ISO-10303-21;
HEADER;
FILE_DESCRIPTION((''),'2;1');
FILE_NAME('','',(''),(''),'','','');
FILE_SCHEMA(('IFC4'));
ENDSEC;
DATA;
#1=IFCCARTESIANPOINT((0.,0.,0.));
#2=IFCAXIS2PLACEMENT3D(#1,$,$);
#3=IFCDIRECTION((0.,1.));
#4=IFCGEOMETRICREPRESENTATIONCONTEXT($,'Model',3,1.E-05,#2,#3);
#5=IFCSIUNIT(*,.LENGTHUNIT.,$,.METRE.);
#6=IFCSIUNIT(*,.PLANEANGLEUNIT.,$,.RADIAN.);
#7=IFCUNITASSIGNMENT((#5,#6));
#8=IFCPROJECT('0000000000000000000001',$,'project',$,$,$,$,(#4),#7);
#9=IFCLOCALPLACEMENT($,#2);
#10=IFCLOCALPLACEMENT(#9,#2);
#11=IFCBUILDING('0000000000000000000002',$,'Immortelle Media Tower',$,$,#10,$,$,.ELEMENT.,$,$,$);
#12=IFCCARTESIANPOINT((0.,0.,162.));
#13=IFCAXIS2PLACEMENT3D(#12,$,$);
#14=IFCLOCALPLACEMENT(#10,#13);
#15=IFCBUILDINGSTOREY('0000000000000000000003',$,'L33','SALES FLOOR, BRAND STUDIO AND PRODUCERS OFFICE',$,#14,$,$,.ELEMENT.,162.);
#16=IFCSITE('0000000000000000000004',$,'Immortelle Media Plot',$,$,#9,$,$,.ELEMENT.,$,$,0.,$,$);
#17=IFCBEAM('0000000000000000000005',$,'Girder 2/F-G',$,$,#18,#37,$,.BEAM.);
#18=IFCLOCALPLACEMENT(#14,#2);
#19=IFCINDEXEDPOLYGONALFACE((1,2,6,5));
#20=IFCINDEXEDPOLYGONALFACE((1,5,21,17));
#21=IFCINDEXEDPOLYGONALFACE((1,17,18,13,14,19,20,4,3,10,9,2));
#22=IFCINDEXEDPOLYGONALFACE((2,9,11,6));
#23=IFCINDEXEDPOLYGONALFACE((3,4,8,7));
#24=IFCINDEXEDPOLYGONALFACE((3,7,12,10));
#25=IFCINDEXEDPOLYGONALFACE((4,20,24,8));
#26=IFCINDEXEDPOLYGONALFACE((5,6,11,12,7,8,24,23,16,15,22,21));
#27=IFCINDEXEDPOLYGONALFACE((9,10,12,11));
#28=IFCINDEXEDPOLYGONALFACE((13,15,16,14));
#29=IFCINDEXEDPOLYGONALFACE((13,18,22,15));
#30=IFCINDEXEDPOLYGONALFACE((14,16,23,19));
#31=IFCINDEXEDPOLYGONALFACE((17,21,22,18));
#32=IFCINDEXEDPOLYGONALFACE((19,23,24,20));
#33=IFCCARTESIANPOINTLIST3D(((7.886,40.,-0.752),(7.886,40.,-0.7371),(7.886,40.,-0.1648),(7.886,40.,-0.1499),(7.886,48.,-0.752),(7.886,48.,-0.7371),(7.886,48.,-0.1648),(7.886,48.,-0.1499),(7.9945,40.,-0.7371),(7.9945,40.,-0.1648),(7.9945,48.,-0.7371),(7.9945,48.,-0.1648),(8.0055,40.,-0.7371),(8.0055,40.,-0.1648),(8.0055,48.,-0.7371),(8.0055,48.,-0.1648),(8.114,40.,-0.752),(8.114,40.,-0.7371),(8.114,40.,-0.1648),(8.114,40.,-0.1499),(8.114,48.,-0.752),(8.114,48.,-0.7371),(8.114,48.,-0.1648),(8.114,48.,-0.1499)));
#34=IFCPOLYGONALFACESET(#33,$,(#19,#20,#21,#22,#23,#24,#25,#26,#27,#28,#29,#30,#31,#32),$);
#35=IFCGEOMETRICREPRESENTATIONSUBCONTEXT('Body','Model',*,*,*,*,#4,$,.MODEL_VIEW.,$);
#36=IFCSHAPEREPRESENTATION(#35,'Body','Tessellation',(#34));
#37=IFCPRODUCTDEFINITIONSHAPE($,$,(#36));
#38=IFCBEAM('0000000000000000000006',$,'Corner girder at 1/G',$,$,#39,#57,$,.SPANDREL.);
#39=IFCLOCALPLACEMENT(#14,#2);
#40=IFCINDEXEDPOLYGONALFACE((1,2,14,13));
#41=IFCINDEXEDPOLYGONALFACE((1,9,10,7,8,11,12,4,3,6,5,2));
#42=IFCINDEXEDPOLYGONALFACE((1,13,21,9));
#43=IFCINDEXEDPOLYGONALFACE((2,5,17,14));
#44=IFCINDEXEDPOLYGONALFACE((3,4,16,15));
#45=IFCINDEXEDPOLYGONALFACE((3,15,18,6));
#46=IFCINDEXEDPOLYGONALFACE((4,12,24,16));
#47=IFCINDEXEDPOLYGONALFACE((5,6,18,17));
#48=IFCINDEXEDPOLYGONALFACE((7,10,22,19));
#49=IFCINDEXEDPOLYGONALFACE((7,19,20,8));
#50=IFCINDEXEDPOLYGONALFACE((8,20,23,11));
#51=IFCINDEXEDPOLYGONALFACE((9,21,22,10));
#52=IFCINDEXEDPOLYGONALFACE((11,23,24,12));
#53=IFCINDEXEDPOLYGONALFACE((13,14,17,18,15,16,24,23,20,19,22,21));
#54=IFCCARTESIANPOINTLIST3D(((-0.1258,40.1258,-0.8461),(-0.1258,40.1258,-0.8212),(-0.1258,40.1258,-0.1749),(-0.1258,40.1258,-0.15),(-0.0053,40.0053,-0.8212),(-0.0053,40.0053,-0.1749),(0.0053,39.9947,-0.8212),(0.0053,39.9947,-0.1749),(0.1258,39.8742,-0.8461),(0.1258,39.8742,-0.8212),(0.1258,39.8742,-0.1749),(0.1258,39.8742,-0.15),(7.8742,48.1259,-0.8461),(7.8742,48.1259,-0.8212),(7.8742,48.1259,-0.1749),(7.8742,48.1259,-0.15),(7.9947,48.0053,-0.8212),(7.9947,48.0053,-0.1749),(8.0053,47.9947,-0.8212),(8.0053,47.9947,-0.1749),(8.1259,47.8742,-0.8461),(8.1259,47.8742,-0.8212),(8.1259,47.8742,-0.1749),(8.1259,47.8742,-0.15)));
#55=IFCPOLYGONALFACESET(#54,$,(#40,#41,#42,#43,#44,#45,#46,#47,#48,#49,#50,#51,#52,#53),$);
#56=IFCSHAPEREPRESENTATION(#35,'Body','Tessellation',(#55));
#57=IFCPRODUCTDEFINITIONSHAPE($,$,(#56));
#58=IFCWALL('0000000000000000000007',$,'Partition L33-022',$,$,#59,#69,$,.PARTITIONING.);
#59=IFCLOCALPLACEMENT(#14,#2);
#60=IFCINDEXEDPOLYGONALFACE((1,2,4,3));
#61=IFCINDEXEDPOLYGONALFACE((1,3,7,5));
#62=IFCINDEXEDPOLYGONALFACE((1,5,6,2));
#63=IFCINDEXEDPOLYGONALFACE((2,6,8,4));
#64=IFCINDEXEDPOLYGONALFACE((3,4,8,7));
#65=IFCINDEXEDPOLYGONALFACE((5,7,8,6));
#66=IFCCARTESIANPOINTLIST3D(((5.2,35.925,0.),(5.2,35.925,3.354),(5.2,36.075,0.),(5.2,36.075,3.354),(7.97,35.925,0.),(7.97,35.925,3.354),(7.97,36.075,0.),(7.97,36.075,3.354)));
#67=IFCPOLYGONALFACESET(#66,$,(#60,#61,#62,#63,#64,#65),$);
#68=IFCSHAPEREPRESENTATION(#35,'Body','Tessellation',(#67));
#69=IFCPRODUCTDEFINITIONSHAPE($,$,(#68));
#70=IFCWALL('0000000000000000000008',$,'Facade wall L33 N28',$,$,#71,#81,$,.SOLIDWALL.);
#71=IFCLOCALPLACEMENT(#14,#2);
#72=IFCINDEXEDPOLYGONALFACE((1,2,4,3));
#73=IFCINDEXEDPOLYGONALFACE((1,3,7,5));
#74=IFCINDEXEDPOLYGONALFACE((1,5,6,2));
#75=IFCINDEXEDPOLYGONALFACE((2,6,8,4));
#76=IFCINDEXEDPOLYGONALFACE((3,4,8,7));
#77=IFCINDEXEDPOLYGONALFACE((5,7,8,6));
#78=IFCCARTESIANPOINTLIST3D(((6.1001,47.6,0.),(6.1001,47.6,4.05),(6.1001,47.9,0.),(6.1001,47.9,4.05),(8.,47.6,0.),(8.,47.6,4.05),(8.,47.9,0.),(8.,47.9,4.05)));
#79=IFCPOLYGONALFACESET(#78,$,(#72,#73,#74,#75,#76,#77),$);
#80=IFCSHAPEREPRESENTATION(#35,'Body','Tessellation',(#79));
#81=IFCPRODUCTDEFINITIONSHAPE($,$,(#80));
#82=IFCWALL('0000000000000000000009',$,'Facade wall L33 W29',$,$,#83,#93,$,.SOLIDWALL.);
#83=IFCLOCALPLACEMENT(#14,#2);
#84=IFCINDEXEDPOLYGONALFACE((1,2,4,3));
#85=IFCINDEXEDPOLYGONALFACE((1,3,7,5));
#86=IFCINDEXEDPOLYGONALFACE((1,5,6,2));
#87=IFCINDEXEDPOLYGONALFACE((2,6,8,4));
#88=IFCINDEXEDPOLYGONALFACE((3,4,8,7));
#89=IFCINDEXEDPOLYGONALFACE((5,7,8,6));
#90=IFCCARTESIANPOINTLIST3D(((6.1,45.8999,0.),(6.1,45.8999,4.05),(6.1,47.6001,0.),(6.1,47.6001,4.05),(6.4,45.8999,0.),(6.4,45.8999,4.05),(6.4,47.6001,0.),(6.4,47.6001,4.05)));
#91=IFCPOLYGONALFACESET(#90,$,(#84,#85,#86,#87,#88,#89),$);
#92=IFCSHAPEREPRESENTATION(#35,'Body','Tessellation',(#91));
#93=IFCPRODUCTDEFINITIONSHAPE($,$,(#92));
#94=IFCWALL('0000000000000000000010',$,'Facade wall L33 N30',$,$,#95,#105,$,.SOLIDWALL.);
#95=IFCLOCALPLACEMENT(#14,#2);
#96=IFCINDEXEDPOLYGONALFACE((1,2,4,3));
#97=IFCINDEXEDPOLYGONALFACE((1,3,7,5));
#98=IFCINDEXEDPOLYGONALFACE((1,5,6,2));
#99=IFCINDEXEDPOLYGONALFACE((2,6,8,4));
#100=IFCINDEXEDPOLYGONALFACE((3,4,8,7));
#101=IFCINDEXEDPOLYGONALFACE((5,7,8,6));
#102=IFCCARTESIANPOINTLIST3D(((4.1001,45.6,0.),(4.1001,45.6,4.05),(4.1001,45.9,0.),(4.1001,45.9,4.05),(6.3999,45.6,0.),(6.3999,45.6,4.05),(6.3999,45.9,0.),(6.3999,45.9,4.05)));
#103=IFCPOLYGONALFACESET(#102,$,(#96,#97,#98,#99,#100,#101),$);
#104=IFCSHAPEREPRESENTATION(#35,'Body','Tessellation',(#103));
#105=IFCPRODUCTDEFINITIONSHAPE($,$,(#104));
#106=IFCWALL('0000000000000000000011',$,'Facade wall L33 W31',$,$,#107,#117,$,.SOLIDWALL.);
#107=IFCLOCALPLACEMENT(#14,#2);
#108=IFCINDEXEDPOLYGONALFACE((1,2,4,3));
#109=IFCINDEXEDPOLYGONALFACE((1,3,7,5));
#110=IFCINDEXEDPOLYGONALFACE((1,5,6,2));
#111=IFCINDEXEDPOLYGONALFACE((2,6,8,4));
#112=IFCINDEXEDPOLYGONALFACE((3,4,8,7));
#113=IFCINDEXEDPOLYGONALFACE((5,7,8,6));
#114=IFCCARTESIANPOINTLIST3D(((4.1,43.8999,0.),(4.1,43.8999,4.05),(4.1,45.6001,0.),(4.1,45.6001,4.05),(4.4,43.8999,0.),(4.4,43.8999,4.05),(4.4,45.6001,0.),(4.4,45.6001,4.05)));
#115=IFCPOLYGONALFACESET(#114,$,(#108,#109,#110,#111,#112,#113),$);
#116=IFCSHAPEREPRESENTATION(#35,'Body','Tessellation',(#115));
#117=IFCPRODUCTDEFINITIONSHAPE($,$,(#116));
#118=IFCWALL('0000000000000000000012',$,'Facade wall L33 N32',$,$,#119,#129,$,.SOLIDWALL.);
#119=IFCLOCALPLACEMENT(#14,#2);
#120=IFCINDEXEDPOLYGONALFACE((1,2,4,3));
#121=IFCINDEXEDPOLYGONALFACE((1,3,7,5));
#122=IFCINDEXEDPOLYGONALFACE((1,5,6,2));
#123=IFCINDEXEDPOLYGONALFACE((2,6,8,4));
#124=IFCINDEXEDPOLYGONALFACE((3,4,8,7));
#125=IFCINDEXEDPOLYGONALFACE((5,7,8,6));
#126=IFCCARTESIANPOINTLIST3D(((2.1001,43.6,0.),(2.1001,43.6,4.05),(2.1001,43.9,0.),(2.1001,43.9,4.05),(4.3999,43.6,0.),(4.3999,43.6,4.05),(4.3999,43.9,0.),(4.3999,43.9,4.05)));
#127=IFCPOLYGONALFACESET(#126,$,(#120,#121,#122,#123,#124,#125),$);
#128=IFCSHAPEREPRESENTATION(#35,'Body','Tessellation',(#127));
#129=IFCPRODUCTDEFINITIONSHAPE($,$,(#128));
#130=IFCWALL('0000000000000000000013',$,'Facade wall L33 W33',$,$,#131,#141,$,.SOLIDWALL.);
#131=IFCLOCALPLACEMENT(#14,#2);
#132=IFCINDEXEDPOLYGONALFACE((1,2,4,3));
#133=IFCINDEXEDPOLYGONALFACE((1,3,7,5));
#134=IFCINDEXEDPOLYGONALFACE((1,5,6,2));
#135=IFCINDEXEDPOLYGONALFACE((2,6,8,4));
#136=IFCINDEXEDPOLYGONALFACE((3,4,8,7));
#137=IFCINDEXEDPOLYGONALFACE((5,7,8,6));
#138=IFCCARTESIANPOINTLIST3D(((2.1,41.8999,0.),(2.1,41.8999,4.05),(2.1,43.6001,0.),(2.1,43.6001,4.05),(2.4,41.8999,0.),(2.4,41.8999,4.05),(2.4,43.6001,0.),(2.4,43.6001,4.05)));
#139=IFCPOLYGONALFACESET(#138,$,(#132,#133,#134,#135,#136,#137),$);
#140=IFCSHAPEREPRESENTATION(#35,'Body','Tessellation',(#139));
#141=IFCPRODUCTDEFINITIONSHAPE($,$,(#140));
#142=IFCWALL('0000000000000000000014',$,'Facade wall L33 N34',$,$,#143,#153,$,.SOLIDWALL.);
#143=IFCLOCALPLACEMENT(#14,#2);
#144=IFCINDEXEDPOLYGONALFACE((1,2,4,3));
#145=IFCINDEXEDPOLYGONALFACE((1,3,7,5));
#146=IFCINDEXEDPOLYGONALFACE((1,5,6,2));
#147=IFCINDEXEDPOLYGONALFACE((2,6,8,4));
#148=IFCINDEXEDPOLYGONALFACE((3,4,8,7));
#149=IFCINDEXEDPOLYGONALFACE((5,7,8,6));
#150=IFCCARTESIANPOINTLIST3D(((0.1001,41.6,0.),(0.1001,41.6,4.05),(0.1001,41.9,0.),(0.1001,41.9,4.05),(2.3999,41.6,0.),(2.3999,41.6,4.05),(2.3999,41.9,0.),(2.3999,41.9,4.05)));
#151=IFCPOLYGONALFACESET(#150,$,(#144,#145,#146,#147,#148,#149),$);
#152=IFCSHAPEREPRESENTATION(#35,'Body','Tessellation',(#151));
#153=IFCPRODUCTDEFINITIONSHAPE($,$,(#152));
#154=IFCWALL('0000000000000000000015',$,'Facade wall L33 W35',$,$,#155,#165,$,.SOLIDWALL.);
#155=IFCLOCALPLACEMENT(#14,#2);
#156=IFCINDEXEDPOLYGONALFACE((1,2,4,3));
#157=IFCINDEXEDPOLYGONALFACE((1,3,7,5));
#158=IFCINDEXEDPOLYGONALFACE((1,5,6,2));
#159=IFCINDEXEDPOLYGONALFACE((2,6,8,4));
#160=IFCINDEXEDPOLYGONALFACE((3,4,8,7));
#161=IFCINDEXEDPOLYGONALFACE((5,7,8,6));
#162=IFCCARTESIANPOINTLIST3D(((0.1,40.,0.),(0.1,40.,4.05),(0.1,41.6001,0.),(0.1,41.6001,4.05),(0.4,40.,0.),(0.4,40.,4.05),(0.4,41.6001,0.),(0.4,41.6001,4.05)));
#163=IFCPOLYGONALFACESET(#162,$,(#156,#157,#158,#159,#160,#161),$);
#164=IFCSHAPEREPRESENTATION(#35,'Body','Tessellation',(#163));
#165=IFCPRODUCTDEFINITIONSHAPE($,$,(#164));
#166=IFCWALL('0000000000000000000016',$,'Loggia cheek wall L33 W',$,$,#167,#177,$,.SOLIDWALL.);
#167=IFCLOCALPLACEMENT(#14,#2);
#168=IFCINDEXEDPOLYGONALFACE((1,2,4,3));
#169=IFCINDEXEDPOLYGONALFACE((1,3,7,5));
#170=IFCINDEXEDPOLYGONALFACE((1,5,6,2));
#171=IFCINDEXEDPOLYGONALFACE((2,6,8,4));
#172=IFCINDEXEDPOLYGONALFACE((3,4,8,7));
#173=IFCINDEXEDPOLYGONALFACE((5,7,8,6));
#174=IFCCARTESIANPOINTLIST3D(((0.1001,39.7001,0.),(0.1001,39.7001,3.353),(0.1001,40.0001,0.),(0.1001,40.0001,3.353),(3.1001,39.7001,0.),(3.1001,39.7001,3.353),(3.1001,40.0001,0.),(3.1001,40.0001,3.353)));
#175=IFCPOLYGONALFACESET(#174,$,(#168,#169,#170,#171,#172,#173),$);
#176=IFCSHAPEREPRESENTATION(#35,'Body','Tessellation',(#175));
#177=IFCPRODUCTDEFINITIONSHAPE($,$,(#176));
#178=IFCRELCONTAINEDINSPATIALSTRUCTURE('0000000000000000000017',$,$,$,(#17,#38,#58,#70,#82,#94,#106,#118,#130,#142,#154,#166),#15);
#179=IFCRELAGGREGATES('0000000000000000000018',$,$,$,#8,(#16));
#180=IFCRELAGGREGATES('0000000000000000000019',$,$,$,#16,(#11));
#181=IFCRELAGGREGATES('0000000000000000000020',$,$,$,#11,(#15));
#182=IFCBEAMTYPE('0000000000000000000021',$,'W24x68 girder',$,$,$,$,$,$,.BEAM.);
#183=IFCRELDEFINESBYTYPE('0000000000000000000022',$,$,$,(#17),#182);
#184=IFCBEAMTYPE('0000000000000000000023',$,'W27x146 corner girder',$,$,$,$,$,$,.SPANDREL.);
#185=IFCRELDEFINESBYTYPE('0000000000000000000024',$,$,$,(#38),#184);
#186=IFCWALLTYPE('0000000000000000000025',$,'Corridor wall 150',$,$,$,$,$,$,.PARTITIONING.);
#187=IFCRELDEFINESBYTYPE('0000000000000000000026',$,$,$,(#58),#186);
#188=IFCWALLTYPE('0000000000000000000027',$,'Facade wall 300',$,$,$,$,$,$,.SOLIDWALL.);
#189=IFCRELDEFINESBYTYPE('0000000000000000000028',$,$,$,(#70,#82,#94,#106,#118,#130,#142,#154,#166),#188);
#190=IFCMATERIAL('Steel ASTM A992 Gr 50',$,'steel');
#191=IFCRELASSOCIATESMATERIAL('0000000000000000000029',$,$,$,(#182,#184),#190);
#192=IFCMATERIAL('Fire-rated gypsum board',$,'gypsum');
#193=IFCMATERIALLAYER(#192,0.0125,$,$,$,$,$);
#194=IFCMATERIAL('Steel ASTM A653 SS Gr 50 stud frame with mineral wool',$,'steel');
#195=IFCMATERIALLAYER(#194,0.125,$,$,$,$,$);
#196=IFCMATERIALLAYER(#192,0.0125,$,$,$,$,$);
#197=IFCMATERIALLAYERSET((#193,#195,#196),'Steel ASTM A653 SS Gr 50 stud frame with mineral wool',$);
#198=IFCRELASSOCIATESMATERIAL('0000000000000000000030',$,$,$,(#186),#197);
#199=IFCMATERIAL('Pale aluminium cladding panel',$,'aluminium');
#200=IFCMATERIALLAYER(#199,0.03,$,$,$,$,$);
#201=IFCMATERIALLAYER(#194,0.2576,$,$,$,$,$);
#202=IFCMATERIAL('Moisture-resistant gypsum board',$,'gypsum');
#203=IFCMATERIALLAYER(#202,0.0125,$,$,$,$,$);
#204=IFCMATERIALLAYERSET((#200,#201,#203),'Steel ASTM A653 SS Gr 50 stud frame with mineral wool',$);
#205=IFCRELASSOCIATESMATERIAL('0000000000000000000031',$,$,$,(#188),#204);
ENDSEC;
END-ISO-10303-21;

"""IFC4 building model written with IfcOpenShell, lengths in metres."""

from ifc_helpers import new_model, si_unit, direction, frame, frame_2d, origin, origin_2d, place, context, subcontext, project, spatial, rectangle, i_section, extrude, material, layer, layer_set, material_profile, profile_set, type_object, element, save


model = new_model("IFC4")

# Units and contexts
model_context = context("Model", 3, precision=1e-05, world=origin(), true_north=direction((0.0, 1.0)))
body_context = subcontext(model_context, "Body", "Model", "MODEL_VIEW")
ifc_project = project(units=[si_unit("LENGTHUNIT", "METRE"), si_unit("PLANEANGLEUNIT", "RADIAN")], contexts=[model_context])

# Site, building, storey
site_placement = place(None, origin())
site = spatial("IfcSite", under=ifc_project, at=site_placement, Name="Immortelle Media Plot", CompositionType="ELEMENT", RefElevation=0.0)
building_placement = place(site_placement, origin())
building = spatial("IfcBuilding", under=site, at=building_placement, Name="Immortelle Media Tower", CompositionType="ELEMENT")
storey_placement = place(building_placement, frame((0.0, 0.0, 162.0)))
storey = spatial("IfcBuildingStorey", under=building, at=storey_placement, Name="L33", Description="SALES FLOOR, BRAND STUDIO AND PRODUCERS OFFICE", CompositionType="ELEMENT", Elevation=162.0)

# Shared definitions
ifc_material_1 = material(Name="Steel ASTM A992 Gr 50", Category="steel")

# Beams
ifc_material_profile_1 = material_profile(ifc_material_1, i_section(OverallWidth=0.228, OverallDepth=0.6021, WebThickness=0.011, FlangeThickness=0.0149, at=origin_2d()), Name="W24x68")
ifc_profile_set_1 = profile_set([ifc_material_profile_1], Name="Steel ASTM A992 Gr 50")
beam_type_1 = type_object("IfcBeamType", Name="W24x68 girder", PredefinedType="BEAM", material=ifc_profile_set_1)
for number, where, z_axis, x_axis, name in (
    (1, (8.0, 40.0, -0.4509), (0.0, 1.0, 0.0), (-1.0, 0.0, 0.0), "Girder 2/F-G"),
):
    element("IfcBeam", number, at=place(storey_placement, frame(where, z_axis=z_axis, x_axis=x_axis)), inside=storey, type_object=beam_type_1, Name=name, PredefinedType="BEAM", context=body_context, shape_type="SweptSolid", body=[
        extrude(i_section(OverallWidth=0.228, OverallDepth=0.6021, WebThickness=0.011, FlangeThickness=0.0149, at=origin_2d()), origin(), (0.0, 0.0, 1.0), 8.0),
    ])
ifc_material_profile_2 = material_profile(ifc_material_1, i_section(OverallWidth=0.356, OverallDepth=0.696, WebThickness=0.0149, FlangeThickness=0.0249, at=origin_2d()), Name="W27x146")
ifc_profile_set_2 = profile_set([ifc_material_profile_2], Name="Steel ASTM A992 Gr 50")
beam_type_2 = type_object("IfcBeamType", Name="W27x146 corner girder", PredefinedType="SPANDREL", material=ifc_profile_set_2)
beam_1_placement = place(storey_placement, frame((0.0, 40.0, -0.498), z_axis=(0.707107, 0.707107, 0.0), x_axis=(-0.707107, 0.707107, 0.0)))
element("IfcBeam", 2, at=beam_1_placement, inside=storey, type_object=beam_type_2, Name="Corner girder at 1/G", PredefinedType="SPANDREL", context=body_context, shape_type="SweptSolid", body=[
    extrude(i_section(OverallWidth=0.356, OverallDepth=0.696, WebThickness=0.0149, FlangeThickness=0.0249, at=origin_2d()), origin(), (0.0, 0.0, 1.0), 11.3137),
])

# Walls
ifc_material_2 = material(Name="Fire-rated gypsum board", Category="gypsum")
ifc_layer_1 = layer(ifc_material_2, 0.0125)
ifc_material_3 = material(Name="Steel ASTM A653 SS Gr 50 stud frame with mineral wool", Category="steel")
ifc_layer_2 = layer(ifc_material_3, 0.125)
ifc_layer_3 = layer(ifc_material_2, 0.0125)
ifc_layer_set_1 = layer_set([ifc_layer_1, ifc_layer_2, ifc_layer_3], Name="Steel ASTM A653 SS Gr 50 stud frame with mineral wool")
wall_type_1 = type_object("IfcWallType", Name="Corridor wall 150", PredefinedType="PARTITIONING", material=ifc_layer_set_1)
wall_1_placement = place(storey_placement, frame((5.2, 36.0, 0.0), z_axis=(0.0, 0.0, 1.0), x_axis=(1.0, 0.0, 0.0)))
element("IfcWall", 3, at=wall_1_placement, inside=storey, type_object=wall_type_1, Name="Partition L33-022", PredefinedType="PARTITIONING", context=body_context, shape_type="SweptSolid", body=[
    extrude(rectangle(XDim=2.77, YDim=0.1499, at=frame_2d((1.385, 0.0))), origin(), (0.0, 0.0, 1.0), 3.354),
])
ifc_material_4 = material(Name="Pale aluminium cladding panel", Category="aluminium")
ifc_layer_4 = layer(ifc_material_4, 0.03)
ifc_layer_5 = layer(ifc_material_3, 0.2576)
ifc_material_5 = material(Name="Moisture-resistant gypsum board", Category="gypsum")
ifc_layer_6 = layer(ifc_material_5, 0.0125)
ifc_layer_set_2 = layer_set([ifc_layer_4, ifc_layer_5, ifc_layer_6], Name="Steel ASTM A653 SS Gr 50 stud frame with mineral wool")
wall_type_2 = type_object("IfcWallType", Name="Facade wall 300", PredefinedType="SOLIDWALL", material=ifc_layer_set_2)
wall_2_placement = place(storey_placement, frame((8.0, 47.75, 0.0), z_axis=(0.0, 0.0, 1.0), x_axis=(-1.0, 0.0, 0.0)))
element("IfcWall", 4, at=wall_2_placement, inside=storey, type_object=wall_type_2, Name="Facade wall L33 N28", PredefinedType="SOLIDWALL", context=body_context, shape_type="SweptSolid", body=[
    extrude(rectangle(XDim=1.8999, YDim=0.3, at=frame_2d((0.95, 0.0))), origin(), (0.0, 0.0, 1.0), 4.05),
])
wall_3_placement = place(storey_placement, frame((6.25, 47.6001, 0.0), z_axis=(0.0, 0.0, 1.0), x_axis=(0.0, -1.0, 0.0)))
element("IfcWall", 5, at=wall_3_placement, inside=storey, type_object=wall_type_2, Name="Facade wall L33 W29", PredefinedType="SOLIDWALL", context=body_context, shape_type="SweptSolid", body=[
    extrude(rectangle(XDim=1.7002, YDim=0.3, at=frame_2d((0.8501, 0.0))), origin(), (0.0, 0.0, 1.0), 4.05),
])
wall_4_placement = place(storey_placement, frame((6.3999, 45.75, 0.0), z_axis=(0.0, 0.0, 1.0), x_axis=(-1.0, 0.0, 0.0)))
element("IfcWall", 6, at=wall_4_placement, inside=storey, type_object=wall_type_2, Name="Facade wall L33 N30", PredefinedType="SOLIDWALL", context=body_context, shape_type="SweptSolid", body=[
    extrude(rectangle(XDim=2.2998, YDim=0.3, at=frame_2d((1.1499, 0.0))), origin(), (0.0, 0.0, 1.0), 4.05),
])
wall_5_placement = place(storey_placement, frame((4.25, 45.6001, 0.0), z_axis=(0.0, 0.0, 1.0), x_axis=(0.0, -1.0, 0.0)))
element("IfcWall", 7, at=wall_5_placement, inside=storey, type_object=wall_type_2, Name="Facade wall L33 W31", PredefinedType="SOLIDWALL", context=body_context, shape_type="SweptSolid", body=[
    extrude(rectangle(XDim=1.7002, YDim=0.3, at=frame_2d((0.8501, 0.0))), origin(), (0.0, 0.0, 1.0), 4.05),
])
wall_6_placement = place(storey_placement, frame((4.3999, 43.75, 0.0), z_axis=(0.0, 0.0, 1.0), x_axis=(-1.0, 0.0, 0.0)))
element("IfcWall", 8, at=wall_6_placement, inside=storey, type_object=wall_type_2, Name="Facade wall L33 N32", PredefinedType="SOLIDWALL", context=body_context, shape_type="SweptSolid", body=[
    extrude(rectangle(XDim=2.2998, YDim=0.3, at=frame_2d((1.1499, 0.0))), origin(), (0.0, 0.0, 1.0), 4.05),
])
wall_7_placement = place(storey_placement, frame((2.25, 43.6001, 0.0), z_axis=(0.0, 0.0, 1.0), x_axis=(0.0, -1.0, 0.0)))
element("IfcWall", 9, at=wall_7_placement, inside=storey, type_object=wall_type_2, Name="Facade wall L33 W33", PredefinedType="SOLIDWALL", context=body_context, shape_type="SweptSolid", body=[
    extrude(rectangle(XDim=1.7002, YDim=0.3, at=frame_2d((0.8501, 0.0))), origin(), (0.0, 0.0, 1.0), 4.05),
])
wall_8_placement = place(storey_placement, frame((2.3999, 41.75, 0.0), z_axis=(0.0, 0.0, 1.0), x_axis=(-1.0, 0.0, 0.0)))
element("IfcWall", 10, at=wall_8_placement, inside=storey, type_object=wall_type_2, Name="Facade wall L33 N34", PredefinedType="SOLIDWALL", context=body_context, shape_type="SweptSolid", body=[
    extrude(rectangle(XDim=2.2998, YDim=0.3, at=frame_2d((1.1499, 0.0))), origin(), (0.0, 0.0, 1.0), 4.05),
])
wall_9_placement = place(storey_placement, frame((0.25, 41.6001, 0.0), z_axis=(0.0, 0.0, 1.0), x_axis=(0.0, -1.0, 0.0)))
element("IfcWall", 11, at=wall_9_placement, inside=storey, type_object=wall_type_2, Name="Facade wall L33 W35", PredefinedType="SOLIDWALL", context=body_context, shape_type="SweptSolid", body=[
    extrude(rectangle(XDim=1.6001, YDim=0.3, at=frame_2d((0.8, 0.0))), origin(), (0.0, 0.0, 1.0), 4.05),
])

# Wall
wall_10_placement = place(storey_placement, frame((0.1001, 39.8501, 0.0), z_axis=(0.0, 0.0, 1.0), x_axis=(1.0, 0.0, 0.0)))
element("IfcWall", 12, at=wall_10_placement, inside=storey, type_object=wall_type_2, Name="Loggia cheek wall L33 W", PredefinedType="SOLIDWALL", context=body_context, shape_type="SweptSolid", body=[
    extrude(rectangle(XDim=3.0, YDim=0.3, at=frame_2d((1.5, 0.0))), origin(), (0.0, 0.0, 1.0), 3.353),
])

save(model, "model.ifc")
